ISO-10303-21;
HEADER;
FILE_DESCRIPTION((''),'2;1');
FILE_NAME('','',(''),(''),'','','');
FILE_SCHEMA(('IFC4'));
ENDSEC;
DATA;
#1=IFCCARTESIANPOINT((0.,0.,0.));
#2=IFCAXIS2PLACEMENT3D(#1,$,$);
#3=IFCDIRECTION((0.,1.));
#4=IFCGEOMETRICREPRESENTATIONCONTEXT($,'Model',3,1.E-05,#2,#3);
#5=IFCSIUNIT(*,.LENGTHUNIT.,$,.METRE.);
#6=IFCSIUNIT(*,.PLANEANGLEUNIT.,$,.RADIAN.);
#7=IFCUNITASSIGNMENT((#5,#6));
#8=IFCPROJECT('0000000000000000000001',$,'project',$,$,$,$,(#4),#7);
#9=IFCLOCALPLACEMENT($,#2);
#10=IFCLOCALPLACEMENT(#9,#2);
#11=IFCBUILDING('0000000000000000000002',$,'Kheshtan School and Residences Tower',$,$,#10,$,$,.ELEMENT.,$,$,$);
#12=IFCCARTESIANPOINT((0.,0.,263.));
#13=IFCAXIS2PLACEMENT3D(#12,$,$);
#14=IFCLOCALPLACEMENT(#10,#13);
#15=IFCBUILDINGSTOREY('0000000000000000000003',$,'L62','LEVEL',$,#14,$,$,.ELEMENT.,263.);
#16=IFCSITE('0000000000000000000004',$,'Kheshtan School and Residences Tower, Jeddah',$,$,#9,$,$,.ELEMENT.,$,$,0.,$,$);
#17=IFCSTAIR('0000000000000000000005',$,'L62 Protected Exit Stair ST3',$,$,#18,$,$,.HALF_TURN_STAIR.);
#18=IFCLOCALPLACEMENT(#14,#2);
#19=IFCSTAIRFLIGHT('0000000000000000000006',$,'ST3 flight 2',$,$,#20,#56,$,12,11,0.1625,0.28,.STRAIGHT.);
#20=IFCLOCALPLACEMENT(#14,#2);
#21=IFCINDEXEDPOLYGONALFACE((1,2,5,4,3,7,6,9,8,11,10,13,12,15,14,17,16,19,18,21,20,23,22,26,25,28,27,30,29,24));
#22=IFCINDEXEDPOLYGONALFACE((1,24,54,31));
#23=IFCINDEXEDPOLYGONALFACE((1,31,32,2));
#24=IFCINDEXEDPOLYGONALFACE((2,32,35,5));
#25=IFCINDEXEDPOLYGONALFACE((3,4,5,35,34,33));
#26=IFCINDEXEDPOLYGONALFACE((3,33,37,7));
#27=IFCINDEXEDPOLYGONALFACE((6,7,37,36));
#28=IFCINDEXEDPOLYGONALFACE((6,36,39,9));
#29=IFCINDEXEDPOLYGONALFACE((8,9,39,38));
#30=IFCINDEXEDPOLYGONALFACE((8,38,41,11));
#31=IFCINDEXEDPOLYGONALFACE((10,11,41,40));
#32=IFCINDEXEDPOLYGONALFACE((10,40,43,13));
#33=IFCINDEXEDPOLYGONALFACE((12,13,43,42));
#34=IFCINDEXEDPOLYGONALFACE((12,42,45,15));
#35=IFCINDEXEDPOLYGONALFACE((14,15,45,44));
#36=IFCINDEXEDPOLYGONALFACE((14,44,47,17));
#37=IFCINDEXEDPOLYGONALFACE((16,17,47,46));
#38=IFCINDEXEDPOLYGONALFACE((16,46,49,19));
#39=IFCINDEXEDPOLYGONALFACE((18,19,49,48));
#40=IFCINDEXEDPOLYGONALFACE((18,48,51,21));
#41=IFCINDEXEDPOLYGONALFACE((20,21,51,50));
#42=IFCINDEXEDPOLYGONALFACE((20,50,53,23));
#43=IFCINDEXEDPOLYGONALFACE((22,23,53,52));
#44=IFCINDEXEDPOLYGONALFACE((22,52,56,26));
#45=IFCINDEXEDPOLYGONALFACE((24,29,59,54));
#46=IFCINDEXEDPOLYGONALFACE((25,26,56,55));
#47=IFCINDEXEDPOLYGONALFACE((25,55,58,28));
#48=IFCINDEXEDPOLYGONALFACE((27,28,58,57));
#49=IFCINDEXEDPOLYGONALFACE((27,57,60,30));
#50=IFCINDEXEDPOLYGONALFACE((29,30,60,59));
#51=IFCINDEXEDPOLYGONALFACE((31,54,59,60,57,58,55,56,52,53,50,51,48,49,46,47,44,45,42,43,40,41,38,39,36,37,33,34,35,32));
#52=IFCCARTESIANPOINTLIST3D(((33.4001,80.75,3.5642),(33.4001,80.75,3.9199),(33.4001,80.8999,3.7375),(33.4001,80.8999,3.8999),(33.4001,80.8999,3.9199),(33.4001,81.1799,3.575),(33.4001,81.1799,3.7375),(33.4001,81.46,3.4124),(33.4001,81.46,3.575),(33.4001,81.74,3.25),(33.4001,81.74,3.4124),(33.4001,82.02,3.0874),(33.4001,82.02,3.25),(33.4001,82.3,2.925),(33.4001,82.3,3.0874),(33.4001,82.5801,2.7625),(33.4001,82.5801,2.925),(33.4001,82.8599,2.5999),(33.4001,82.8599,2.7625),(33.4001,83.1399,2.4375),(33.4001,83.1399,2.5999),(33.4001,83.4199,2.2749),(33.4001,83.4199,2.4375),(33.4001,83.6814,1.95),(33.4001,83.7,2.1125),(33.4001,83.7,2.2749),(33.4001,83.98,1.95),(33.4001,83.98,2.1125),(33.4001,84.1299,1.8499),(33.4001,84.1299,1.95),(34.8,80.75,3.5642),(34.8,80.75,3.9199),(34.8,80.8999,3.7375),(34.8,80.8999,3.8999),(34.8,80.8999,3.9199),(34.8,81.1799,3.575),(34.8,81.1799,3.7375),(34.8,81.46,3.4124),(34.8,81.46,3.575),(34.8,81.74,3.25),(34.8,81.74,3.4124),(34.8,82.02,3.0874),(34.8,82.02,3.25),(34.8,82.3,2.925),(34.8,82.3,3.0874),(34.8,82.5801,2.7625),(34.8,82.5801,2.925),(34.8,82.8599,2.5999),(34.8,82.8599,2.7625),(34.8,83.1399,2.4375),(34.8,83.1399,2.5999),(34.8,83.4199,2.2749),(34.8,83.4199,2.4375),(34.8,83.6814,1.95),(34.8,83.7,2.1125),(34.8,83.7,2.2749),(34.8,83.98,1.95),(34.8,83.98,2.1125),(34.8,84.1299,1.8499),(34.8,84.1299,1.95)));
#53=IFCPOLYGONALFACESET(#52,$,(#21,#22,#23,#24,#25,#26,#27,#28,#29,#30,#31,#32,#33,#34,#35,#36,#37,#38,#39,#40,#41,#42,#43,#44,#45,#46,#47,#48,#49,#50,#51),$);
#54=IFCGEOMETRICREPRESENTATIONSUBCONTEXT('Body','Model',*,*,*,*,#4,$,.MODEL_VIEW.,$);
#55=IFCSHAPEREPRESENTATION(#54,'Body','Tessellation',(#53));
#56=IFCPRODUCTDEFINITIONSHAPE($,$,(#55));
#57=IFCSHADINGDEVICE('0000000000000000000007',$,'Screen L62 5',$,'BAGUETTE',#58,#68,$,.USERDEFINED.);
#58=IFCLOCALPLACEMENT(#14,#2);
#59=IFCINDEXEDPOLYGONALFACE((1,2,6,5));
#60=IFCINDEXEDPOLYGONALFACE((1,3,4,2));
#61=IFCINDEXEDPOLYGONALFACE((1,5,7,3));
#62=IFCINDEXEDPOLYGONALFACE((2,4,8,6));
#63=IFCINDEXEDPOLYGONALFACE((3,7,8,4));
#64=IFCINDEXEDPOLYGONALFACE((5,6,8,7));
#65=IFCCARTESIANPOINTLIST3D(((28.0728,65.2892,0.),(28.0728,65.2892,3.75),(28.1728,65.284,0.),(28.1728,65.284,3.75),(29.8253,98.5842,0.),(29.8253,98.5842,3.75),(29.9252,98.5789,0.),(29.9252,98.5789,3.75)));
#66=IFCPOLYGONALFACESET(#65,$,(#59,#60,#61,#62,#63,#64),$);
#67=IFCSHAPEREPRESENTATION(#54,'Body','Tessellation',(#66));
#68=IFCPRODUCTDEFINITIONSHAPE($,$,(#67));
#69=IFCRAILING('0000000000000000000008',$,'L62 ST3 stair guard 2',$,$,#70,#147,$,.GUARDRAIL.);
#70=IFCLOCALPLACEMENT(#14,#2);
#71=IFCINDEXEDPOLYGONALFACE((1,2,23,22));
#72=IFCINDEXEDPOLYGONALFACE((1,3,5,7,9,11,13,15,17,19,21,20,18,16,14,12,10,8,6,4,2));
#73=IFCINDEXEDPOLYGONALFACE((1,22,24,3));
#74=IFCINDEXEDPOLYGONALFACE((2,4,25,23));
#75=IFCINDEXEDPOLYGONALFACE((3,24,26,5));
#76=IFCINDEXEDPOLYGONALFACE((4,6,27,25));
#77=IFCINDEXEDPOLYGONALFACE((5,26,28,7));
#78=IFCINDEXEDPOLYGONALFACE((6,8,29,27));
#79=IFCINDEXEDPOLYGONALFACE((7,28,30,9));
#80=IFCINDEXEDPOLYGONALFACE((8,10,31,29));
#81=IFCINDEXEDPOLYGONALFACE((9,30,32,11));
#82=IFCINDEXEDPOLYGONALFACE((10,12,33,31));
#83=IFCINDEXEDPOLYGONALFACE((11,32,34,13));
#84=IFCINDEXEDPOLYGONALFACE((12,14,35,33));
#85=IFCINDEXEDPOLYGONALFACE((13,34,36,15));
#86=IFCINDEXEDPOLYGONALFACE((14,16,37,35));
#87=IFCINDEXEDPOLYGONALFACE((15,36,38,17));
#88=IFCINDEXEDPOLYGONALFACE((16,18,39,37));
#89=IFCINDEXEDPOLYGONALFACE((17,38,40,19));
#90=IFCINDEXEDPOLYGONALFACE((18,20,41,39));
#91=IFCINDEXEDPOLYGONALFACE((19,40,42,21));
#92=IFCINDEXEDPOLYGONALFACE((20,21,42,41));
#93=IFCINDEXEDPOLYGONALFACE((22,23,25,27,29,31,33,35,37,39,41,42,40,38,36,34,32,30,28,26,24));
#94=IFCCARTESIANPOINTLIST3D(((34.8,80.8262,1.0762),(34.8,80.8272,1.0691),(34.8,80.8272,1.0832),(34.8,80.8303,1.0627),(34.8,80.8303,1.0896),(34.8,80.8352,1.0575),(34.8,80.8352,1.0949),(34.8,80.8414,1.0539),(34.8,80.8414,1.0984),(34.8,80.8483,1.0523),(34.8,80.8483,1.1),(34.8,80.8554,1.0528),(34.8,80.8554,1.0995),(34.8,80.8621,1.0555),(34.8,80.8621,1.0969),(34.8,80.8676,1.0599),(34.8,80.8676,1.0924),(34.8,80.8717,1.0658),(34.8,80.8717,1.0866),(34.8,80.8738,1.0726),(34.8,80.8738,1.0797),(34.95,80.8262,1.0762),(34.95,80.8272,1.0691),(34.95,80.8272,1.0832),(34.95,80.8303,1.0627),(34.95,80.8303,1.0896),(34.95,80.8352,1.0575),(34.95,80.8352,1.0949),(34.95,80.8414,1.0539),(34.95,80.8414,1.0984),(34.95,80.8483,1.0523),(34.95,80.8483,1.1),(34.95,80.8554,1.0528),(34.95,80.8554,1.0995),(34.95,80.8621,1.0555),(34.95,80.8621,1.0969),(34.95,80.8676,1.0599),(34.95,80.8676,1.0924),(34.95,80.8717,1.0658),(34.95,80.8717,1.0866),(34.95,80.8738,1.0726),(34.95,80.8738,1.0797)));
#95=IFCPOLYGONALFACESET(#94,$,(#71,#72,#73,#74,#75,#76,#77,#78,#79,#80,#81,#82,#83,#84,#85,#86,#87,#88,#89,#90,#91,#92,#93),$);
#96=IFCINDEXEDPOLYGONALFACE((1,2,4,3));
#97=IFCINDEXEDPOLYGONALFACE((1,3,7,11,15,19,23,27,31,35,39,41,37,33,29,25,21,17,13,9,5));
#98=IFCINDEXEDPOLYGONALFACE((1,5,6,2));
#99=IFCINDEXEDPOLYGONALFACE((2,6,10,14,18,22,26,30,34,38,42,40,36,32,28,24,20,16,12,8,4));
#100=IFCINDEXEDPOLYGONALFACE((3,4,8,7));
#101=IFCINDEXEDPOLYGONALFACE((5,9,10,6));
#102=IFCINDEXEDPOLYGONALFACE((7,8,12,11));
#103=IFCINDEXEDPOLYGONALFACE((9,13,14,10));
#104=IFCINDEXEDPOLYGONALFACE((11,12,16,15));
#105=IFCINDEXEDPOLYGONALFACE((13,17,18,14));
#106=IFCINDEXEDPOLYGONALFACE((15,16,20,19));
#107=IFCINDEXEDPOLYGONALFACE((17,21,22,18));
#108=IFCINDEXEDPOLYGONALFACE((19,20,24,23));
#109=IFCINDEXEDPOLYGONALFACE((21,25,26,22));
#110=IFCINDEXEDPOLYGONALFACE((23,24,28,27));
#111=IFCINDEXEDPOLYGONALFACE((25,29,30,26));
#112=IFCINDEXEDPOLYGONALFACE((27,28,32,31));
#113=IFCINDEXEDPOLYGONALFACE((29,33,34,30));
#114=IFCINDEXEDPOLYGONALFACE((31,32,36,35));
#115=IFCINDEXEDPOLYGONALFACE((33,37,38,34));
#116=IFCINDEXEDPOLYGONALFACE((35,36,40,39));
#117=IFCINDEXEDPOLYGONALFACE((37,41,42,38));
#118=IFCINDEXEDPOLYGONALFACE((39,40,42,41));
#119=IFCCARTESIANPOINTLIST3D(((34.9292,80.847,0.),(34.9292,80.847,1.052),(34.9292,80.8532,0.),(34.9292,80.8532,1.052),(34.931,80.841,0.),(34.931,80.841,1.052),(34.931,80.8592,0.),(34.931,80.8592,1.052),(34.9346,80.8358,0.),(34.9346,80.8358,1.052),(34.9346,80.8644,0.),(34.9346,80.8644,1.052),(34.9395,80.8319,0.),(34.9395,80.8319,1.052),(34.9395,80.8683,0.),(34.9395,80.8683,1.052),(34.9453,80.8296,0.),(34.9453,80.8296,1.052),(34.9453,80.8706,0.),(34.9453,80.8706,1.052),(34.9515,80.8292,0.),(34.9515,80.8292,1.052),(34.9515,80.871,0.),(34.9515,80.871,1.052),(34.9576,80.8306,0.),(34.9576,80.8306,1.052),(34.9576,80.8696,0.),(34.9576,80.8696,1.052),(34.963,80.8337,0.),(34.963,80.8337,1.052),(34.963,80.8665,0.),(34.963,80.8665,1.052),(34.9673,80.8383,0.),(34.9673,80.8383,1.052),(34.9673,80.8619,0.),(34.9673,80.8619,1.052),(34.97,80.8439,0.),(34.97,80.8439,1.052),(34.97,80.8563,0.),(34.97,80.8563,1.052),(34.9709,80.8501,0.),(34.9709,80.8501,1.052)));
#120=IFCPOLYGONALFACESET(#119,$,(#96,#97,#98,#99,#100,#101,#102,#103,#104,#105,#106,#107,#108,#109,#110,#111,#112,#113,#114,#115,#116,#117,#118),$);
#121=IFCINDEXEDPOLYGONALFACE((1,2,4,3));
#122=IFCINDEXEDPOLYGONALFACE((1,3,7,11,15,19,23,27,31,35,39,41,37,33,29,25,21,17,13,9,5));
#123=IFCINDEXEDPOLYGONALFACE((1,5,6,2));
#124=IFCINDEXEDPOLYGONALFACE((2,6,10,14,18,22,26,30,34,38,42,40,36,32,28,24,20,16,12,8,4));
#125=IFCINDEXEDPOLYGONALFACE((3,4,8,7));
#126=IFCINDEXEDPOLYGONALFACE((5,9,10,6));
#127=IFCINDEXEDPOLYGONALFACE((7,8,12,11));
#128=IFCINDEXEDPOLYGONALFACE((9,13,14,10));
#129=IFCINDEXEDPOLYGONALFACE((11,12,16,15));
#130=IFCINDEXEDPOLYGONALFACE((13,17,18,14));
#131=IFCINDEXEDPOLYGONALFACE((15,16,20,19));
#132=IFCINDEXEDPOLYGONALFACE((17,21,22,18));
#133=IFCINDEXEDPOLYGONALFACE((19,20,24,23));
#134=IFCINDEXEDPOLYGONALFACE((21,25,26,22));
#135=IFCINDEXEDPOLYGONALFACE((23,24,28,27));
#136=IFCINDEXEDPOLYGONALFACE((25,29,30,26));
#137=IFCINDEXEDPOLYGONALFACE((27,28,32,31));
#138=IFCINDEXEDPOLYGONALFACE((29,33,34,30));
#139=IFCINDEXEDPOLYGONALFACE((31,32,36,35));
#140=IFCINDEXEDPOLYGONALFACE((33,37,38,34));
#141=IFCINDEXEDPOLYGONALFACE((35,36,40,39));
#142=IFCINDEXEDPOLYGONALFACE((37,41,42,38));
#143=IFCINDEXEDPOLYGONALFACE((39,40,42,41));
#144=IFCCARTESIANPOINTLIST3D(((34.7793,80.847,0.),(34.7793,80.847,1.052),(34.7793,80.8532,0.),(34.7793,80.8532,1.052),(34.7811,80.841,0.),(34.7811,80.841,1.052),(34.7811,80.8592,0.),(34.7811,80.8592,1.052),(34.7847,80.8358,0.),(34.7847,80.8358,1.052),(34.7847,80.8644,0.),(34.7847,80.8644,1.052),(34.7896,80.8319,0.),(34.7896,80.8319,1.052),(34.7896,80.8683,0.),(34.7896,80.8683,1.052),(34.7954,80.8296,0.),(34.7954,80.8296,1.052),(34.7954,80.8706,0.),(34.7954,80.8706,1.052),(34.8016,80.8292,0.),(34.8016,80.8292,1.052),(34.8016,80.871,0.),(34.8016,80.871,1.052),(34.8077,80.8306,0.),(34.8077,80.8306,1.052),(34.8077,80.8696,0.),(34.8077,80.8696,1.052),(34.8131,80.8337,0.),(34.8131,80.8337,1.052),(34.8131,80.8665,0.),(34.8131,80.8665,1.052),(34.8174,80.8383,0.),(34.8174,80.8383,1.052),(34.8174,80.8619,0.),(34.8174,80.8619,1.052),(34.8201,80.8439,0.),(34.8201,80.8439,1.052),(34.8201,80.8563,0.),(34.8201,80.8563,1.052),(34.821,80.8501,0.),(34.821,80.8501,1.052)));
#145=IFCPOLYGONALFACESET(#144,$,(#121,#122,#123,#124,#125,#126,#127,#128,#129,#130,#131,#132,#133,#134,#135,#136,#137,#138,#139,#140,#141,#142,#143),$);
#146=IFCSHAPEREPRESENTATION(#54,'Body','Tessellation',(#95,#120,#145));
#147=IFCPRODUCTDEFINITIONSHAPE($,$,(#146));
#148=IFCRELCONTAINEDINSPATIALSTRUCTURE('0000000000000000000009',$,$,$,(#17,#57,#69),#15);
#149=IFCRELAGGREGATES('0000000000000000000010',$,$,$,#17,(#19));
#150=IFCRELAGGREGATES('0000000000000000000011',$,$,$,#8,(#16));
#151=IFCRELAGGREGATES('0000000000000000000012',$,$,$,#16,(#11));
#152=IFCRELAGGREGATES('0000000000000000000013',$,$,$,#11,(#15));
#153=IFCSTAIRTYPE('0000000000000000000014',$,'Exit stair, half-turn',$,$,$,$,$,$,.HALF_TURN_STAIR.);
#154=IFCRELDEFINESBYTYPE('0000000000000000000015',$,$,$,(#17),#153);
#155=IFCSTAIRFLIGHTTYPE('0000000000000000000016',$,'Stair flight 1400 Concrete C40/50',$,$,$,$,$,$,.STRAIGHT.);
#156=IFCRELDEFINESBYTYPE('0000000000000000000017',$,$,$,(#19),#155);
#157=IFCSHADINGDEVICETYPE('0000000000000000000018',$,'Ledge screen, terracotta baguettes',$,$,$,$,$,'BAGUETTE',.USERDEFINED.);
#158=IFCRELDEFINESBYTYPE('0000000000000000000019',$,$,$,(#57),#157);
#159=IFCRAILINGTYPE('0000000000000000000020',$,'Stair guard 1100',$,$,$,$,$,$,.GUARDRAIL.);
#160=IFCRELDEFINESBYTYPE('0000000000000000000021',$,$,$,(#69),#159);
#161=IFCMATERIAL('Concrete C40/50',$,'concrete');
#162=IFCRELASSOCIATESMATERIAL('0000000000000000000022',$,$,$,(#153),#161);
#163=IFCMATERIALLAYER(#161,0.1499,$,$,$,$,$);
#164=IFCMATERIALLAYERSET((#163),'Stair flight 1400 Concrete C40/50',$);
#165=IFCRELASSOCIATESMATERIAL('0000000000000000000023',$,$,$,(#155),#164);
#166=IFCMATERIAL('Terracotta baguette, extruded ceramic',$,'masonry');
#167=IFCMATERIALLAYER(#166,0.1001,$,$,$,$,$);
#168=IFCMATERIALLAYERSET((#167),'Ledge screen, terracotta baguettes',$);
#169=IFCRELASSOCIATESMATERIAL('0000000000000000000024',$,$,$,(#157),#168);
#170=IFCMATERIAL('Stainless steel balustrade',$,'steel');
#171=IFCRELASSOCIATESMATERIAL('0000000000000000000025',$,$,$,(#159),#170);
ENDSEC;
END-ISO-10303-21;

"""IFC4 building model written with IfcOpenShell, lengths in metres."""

from ifc_helpers import new_model, si_unit, direction, frame, origin, origin_2d, place, context, subcontext, project, spatial, polyline, rectangle, circle, outline, extrude, material, layer, layer_set, type_object, element, aggregate, save


model = new_model("IFC4")

# Units and contexts
model_context = context("Model", 3, precision=1e-05, world=origin(), true_north=direction((0.0, 1.0)))
body_context = subcontext(model_context, "Body", "Model", "MODEL_VIEW")
ifc_project = project(units=[si_unit("LENGTHUNIT", "METRE"), si_unit("PLANEANGLEUNIT", "RADIAN")], contexts=[model_context])

# Site, building, storey
site_placement = place(None, origin())
site = spatial("IfcSite", under=ifc_project, at=site_placement, Name="Kheshtan School and Residences Tower, Jeddah", CompositionType="ELEMENT", RefElevation=0.0)
building_placement = place(site_placement, origin())
building = spatial("IfcBuilding", under=site, at=building_placement, Name="Kheshtan School and Residences Tower", CompositionType="ELEMENT")
storey_placement = place(building_placement, frame((0.0, 0.0, 263.0)))
storey = spatial("IfcBuildingStorey", under=building, at=storey_placement, Name="L62", Description="LEVEL", CompositionType="ELEMENT", Elevation=263.0)

# Shared definitions
ifc_material_1 = material(Name="Concrete C40/50", Category="concrete")

# Stair, stair flight
stair_type = type_object("IfcStairType", Name="Exit stair, half-turn", PredefinedType="HALF_TURN_STAIR", material=ifc_material_1)
stair_placement = place(storey_placement, origin())
stair = element("IfcStair", 1, at=stair_placement, inside=storey, type_object=stair_type, Name="L62 Protected Exit Stair ST3", PredefinedType="HALF_TURN_STAIR")
ifc_layer_1 = layer(ifc_material_1, 0.1499)
ifc_layer_set_1 = layer_set([ifc_layer_1], Name="Stair flight 1400 Concrete C40/50")
stair_flight_type = type_object("IfcStairFlightType", Name="Stair flight 1400 Concrete C40/50", PredefinedType="STRAIGHT", material=ifc_layer_set_1)
stair_flight_1_placement = place(storey_placement, frame((34.1001, 83.98, 1.95), z_axis=(0.0, 0.0, 1.0), x_axis=(0.0, -1.0, 0.0)))
stair_flight_1 = element("IfcStairFlight", 2, at=stair_flight_1_placement, type_object=stair_flight_type, Name="ST3 flight 2", NumberOfRisers=12, NumberOfTreads=11, PredefinedType="STRAIGHT", RiserHeight=0.1625, TreadLength=0.28, context=body_context, shape_type="SweptSolid", body=[
    extrude(outline(polyline([(-0.1499, -0.1001), (-0.1499, 0.0), (0.0, 0.0), (0.0, 0.1626), (0.28, 0.1626), (0.28, 0.325), (0.5601, 0.325), (0.5601, 0.4875), (0.8401, 0.4875), (0.8401, 0.6499), (1.1201, 0.6499), (1.1201, 0.8125), (1.3999, 0.8125), (1.3999, 0.9751), (1.6799, 0.9751), (1.6799, 1.1375), (1.96, 1.1375), (1.96, 1.3), (2.24, 1.3), (2.24, 1.4624), (2.52, 1.4624), (2.52, 1.625), (2.8, 1.625), (2.8, 1.7876), (3.0801, 1.7876), (3.0801, 1.95), (3.0801, 1.97), (3.23, 1.97), (3.23, 1.6143), (0.2986, 0.0), (-0.1499, -0.1001)])), frame((0.0, 0.7, 0.0), z_axis=(0.0, -1.0, 0.0), x_axis=(1.0, 0.0, 0.0)), (0.0, 0.0, 1.0), 1.3999),
])
aggregate(stair, [stair_flight_1])

# Shading device
ifc_material_2 = material(Name="Terracotta baguette, extruded ceramic", Category="masonry")
ifc_layer_2 = layer(ifc_material_2, 0.1001)
ifc_layer_set_2 = layer_set([ifc_layer_2], Name="Ledge screen, terracotta baguettes")
shading_device_type = type_object("IfcShadingDeviceType", Name="Ledge screen, terracotta baguettes", ElementType="BAGUETTE", PredefinedType="USERDEFINED", material=ifc_layer_set_2)
shading_device_placement = place(storey_placement, frame((28.999, 81.9341, 0.0), z_axis=(0.0, 0.0, 1.0), x_axis=(0.052563, 0.998618, 0.0)))
element("IfcShadingDevice", 3, at=shading_device_placement, inside=storey, type_object=shading_device_type, Name="Screen L62 5", ObjectType="BAGUETTE", PredefinedType="USERDEFINED", context=body_context, shape_type="SweptSolid", body=[
    extrude(rectangle(XDim=33.3411, YDim=0.1001, at=origin_2d()), origin(), (0.0, 0.0, 1.0), 3.75),
])

# Railing
ifc_material_3 = material(Name="Stainless steel balustrade", Category="steel")
railing_type_1 = type_object("IfcRailingType", Name="Stair guard 1100", PredefinedType="GUARDRAIL", material=ifc_material_3)
railing_1_placement = place(storey_placement, frame((34.95, 80.8501, 0.0)))
element("IfcRailing", 4, at=railing_1_placement, inside=storey, type_object=railing_type_1, Name="L62 ST3 stair guard 2", PredefinedType="GUARDRAIL", context=body_context, shape_type="SweptSolid", body=[
    extrude(circle(Radius=0.0239, at=origin_2d()), frame((0.0, 0.0, 1.0762), z_axis=(-1.0, 0.0, 0.0), x_axis=(0.0, -1.0, 0.0)), (0.0, 0.0, 1.0), 0.1499),
    extrude(circle(Radius=0.021, at=origin_2d()), origin(), (0.0, 0.0, 1.0), 1.052),
    extrude(circle(Radius=0.021, at=origin_2d()), frame((-0.1499, 0.0, 0.0)), (0.0, 0.0, 1.0), 1.052),
])

save(model, "model.ifc")
